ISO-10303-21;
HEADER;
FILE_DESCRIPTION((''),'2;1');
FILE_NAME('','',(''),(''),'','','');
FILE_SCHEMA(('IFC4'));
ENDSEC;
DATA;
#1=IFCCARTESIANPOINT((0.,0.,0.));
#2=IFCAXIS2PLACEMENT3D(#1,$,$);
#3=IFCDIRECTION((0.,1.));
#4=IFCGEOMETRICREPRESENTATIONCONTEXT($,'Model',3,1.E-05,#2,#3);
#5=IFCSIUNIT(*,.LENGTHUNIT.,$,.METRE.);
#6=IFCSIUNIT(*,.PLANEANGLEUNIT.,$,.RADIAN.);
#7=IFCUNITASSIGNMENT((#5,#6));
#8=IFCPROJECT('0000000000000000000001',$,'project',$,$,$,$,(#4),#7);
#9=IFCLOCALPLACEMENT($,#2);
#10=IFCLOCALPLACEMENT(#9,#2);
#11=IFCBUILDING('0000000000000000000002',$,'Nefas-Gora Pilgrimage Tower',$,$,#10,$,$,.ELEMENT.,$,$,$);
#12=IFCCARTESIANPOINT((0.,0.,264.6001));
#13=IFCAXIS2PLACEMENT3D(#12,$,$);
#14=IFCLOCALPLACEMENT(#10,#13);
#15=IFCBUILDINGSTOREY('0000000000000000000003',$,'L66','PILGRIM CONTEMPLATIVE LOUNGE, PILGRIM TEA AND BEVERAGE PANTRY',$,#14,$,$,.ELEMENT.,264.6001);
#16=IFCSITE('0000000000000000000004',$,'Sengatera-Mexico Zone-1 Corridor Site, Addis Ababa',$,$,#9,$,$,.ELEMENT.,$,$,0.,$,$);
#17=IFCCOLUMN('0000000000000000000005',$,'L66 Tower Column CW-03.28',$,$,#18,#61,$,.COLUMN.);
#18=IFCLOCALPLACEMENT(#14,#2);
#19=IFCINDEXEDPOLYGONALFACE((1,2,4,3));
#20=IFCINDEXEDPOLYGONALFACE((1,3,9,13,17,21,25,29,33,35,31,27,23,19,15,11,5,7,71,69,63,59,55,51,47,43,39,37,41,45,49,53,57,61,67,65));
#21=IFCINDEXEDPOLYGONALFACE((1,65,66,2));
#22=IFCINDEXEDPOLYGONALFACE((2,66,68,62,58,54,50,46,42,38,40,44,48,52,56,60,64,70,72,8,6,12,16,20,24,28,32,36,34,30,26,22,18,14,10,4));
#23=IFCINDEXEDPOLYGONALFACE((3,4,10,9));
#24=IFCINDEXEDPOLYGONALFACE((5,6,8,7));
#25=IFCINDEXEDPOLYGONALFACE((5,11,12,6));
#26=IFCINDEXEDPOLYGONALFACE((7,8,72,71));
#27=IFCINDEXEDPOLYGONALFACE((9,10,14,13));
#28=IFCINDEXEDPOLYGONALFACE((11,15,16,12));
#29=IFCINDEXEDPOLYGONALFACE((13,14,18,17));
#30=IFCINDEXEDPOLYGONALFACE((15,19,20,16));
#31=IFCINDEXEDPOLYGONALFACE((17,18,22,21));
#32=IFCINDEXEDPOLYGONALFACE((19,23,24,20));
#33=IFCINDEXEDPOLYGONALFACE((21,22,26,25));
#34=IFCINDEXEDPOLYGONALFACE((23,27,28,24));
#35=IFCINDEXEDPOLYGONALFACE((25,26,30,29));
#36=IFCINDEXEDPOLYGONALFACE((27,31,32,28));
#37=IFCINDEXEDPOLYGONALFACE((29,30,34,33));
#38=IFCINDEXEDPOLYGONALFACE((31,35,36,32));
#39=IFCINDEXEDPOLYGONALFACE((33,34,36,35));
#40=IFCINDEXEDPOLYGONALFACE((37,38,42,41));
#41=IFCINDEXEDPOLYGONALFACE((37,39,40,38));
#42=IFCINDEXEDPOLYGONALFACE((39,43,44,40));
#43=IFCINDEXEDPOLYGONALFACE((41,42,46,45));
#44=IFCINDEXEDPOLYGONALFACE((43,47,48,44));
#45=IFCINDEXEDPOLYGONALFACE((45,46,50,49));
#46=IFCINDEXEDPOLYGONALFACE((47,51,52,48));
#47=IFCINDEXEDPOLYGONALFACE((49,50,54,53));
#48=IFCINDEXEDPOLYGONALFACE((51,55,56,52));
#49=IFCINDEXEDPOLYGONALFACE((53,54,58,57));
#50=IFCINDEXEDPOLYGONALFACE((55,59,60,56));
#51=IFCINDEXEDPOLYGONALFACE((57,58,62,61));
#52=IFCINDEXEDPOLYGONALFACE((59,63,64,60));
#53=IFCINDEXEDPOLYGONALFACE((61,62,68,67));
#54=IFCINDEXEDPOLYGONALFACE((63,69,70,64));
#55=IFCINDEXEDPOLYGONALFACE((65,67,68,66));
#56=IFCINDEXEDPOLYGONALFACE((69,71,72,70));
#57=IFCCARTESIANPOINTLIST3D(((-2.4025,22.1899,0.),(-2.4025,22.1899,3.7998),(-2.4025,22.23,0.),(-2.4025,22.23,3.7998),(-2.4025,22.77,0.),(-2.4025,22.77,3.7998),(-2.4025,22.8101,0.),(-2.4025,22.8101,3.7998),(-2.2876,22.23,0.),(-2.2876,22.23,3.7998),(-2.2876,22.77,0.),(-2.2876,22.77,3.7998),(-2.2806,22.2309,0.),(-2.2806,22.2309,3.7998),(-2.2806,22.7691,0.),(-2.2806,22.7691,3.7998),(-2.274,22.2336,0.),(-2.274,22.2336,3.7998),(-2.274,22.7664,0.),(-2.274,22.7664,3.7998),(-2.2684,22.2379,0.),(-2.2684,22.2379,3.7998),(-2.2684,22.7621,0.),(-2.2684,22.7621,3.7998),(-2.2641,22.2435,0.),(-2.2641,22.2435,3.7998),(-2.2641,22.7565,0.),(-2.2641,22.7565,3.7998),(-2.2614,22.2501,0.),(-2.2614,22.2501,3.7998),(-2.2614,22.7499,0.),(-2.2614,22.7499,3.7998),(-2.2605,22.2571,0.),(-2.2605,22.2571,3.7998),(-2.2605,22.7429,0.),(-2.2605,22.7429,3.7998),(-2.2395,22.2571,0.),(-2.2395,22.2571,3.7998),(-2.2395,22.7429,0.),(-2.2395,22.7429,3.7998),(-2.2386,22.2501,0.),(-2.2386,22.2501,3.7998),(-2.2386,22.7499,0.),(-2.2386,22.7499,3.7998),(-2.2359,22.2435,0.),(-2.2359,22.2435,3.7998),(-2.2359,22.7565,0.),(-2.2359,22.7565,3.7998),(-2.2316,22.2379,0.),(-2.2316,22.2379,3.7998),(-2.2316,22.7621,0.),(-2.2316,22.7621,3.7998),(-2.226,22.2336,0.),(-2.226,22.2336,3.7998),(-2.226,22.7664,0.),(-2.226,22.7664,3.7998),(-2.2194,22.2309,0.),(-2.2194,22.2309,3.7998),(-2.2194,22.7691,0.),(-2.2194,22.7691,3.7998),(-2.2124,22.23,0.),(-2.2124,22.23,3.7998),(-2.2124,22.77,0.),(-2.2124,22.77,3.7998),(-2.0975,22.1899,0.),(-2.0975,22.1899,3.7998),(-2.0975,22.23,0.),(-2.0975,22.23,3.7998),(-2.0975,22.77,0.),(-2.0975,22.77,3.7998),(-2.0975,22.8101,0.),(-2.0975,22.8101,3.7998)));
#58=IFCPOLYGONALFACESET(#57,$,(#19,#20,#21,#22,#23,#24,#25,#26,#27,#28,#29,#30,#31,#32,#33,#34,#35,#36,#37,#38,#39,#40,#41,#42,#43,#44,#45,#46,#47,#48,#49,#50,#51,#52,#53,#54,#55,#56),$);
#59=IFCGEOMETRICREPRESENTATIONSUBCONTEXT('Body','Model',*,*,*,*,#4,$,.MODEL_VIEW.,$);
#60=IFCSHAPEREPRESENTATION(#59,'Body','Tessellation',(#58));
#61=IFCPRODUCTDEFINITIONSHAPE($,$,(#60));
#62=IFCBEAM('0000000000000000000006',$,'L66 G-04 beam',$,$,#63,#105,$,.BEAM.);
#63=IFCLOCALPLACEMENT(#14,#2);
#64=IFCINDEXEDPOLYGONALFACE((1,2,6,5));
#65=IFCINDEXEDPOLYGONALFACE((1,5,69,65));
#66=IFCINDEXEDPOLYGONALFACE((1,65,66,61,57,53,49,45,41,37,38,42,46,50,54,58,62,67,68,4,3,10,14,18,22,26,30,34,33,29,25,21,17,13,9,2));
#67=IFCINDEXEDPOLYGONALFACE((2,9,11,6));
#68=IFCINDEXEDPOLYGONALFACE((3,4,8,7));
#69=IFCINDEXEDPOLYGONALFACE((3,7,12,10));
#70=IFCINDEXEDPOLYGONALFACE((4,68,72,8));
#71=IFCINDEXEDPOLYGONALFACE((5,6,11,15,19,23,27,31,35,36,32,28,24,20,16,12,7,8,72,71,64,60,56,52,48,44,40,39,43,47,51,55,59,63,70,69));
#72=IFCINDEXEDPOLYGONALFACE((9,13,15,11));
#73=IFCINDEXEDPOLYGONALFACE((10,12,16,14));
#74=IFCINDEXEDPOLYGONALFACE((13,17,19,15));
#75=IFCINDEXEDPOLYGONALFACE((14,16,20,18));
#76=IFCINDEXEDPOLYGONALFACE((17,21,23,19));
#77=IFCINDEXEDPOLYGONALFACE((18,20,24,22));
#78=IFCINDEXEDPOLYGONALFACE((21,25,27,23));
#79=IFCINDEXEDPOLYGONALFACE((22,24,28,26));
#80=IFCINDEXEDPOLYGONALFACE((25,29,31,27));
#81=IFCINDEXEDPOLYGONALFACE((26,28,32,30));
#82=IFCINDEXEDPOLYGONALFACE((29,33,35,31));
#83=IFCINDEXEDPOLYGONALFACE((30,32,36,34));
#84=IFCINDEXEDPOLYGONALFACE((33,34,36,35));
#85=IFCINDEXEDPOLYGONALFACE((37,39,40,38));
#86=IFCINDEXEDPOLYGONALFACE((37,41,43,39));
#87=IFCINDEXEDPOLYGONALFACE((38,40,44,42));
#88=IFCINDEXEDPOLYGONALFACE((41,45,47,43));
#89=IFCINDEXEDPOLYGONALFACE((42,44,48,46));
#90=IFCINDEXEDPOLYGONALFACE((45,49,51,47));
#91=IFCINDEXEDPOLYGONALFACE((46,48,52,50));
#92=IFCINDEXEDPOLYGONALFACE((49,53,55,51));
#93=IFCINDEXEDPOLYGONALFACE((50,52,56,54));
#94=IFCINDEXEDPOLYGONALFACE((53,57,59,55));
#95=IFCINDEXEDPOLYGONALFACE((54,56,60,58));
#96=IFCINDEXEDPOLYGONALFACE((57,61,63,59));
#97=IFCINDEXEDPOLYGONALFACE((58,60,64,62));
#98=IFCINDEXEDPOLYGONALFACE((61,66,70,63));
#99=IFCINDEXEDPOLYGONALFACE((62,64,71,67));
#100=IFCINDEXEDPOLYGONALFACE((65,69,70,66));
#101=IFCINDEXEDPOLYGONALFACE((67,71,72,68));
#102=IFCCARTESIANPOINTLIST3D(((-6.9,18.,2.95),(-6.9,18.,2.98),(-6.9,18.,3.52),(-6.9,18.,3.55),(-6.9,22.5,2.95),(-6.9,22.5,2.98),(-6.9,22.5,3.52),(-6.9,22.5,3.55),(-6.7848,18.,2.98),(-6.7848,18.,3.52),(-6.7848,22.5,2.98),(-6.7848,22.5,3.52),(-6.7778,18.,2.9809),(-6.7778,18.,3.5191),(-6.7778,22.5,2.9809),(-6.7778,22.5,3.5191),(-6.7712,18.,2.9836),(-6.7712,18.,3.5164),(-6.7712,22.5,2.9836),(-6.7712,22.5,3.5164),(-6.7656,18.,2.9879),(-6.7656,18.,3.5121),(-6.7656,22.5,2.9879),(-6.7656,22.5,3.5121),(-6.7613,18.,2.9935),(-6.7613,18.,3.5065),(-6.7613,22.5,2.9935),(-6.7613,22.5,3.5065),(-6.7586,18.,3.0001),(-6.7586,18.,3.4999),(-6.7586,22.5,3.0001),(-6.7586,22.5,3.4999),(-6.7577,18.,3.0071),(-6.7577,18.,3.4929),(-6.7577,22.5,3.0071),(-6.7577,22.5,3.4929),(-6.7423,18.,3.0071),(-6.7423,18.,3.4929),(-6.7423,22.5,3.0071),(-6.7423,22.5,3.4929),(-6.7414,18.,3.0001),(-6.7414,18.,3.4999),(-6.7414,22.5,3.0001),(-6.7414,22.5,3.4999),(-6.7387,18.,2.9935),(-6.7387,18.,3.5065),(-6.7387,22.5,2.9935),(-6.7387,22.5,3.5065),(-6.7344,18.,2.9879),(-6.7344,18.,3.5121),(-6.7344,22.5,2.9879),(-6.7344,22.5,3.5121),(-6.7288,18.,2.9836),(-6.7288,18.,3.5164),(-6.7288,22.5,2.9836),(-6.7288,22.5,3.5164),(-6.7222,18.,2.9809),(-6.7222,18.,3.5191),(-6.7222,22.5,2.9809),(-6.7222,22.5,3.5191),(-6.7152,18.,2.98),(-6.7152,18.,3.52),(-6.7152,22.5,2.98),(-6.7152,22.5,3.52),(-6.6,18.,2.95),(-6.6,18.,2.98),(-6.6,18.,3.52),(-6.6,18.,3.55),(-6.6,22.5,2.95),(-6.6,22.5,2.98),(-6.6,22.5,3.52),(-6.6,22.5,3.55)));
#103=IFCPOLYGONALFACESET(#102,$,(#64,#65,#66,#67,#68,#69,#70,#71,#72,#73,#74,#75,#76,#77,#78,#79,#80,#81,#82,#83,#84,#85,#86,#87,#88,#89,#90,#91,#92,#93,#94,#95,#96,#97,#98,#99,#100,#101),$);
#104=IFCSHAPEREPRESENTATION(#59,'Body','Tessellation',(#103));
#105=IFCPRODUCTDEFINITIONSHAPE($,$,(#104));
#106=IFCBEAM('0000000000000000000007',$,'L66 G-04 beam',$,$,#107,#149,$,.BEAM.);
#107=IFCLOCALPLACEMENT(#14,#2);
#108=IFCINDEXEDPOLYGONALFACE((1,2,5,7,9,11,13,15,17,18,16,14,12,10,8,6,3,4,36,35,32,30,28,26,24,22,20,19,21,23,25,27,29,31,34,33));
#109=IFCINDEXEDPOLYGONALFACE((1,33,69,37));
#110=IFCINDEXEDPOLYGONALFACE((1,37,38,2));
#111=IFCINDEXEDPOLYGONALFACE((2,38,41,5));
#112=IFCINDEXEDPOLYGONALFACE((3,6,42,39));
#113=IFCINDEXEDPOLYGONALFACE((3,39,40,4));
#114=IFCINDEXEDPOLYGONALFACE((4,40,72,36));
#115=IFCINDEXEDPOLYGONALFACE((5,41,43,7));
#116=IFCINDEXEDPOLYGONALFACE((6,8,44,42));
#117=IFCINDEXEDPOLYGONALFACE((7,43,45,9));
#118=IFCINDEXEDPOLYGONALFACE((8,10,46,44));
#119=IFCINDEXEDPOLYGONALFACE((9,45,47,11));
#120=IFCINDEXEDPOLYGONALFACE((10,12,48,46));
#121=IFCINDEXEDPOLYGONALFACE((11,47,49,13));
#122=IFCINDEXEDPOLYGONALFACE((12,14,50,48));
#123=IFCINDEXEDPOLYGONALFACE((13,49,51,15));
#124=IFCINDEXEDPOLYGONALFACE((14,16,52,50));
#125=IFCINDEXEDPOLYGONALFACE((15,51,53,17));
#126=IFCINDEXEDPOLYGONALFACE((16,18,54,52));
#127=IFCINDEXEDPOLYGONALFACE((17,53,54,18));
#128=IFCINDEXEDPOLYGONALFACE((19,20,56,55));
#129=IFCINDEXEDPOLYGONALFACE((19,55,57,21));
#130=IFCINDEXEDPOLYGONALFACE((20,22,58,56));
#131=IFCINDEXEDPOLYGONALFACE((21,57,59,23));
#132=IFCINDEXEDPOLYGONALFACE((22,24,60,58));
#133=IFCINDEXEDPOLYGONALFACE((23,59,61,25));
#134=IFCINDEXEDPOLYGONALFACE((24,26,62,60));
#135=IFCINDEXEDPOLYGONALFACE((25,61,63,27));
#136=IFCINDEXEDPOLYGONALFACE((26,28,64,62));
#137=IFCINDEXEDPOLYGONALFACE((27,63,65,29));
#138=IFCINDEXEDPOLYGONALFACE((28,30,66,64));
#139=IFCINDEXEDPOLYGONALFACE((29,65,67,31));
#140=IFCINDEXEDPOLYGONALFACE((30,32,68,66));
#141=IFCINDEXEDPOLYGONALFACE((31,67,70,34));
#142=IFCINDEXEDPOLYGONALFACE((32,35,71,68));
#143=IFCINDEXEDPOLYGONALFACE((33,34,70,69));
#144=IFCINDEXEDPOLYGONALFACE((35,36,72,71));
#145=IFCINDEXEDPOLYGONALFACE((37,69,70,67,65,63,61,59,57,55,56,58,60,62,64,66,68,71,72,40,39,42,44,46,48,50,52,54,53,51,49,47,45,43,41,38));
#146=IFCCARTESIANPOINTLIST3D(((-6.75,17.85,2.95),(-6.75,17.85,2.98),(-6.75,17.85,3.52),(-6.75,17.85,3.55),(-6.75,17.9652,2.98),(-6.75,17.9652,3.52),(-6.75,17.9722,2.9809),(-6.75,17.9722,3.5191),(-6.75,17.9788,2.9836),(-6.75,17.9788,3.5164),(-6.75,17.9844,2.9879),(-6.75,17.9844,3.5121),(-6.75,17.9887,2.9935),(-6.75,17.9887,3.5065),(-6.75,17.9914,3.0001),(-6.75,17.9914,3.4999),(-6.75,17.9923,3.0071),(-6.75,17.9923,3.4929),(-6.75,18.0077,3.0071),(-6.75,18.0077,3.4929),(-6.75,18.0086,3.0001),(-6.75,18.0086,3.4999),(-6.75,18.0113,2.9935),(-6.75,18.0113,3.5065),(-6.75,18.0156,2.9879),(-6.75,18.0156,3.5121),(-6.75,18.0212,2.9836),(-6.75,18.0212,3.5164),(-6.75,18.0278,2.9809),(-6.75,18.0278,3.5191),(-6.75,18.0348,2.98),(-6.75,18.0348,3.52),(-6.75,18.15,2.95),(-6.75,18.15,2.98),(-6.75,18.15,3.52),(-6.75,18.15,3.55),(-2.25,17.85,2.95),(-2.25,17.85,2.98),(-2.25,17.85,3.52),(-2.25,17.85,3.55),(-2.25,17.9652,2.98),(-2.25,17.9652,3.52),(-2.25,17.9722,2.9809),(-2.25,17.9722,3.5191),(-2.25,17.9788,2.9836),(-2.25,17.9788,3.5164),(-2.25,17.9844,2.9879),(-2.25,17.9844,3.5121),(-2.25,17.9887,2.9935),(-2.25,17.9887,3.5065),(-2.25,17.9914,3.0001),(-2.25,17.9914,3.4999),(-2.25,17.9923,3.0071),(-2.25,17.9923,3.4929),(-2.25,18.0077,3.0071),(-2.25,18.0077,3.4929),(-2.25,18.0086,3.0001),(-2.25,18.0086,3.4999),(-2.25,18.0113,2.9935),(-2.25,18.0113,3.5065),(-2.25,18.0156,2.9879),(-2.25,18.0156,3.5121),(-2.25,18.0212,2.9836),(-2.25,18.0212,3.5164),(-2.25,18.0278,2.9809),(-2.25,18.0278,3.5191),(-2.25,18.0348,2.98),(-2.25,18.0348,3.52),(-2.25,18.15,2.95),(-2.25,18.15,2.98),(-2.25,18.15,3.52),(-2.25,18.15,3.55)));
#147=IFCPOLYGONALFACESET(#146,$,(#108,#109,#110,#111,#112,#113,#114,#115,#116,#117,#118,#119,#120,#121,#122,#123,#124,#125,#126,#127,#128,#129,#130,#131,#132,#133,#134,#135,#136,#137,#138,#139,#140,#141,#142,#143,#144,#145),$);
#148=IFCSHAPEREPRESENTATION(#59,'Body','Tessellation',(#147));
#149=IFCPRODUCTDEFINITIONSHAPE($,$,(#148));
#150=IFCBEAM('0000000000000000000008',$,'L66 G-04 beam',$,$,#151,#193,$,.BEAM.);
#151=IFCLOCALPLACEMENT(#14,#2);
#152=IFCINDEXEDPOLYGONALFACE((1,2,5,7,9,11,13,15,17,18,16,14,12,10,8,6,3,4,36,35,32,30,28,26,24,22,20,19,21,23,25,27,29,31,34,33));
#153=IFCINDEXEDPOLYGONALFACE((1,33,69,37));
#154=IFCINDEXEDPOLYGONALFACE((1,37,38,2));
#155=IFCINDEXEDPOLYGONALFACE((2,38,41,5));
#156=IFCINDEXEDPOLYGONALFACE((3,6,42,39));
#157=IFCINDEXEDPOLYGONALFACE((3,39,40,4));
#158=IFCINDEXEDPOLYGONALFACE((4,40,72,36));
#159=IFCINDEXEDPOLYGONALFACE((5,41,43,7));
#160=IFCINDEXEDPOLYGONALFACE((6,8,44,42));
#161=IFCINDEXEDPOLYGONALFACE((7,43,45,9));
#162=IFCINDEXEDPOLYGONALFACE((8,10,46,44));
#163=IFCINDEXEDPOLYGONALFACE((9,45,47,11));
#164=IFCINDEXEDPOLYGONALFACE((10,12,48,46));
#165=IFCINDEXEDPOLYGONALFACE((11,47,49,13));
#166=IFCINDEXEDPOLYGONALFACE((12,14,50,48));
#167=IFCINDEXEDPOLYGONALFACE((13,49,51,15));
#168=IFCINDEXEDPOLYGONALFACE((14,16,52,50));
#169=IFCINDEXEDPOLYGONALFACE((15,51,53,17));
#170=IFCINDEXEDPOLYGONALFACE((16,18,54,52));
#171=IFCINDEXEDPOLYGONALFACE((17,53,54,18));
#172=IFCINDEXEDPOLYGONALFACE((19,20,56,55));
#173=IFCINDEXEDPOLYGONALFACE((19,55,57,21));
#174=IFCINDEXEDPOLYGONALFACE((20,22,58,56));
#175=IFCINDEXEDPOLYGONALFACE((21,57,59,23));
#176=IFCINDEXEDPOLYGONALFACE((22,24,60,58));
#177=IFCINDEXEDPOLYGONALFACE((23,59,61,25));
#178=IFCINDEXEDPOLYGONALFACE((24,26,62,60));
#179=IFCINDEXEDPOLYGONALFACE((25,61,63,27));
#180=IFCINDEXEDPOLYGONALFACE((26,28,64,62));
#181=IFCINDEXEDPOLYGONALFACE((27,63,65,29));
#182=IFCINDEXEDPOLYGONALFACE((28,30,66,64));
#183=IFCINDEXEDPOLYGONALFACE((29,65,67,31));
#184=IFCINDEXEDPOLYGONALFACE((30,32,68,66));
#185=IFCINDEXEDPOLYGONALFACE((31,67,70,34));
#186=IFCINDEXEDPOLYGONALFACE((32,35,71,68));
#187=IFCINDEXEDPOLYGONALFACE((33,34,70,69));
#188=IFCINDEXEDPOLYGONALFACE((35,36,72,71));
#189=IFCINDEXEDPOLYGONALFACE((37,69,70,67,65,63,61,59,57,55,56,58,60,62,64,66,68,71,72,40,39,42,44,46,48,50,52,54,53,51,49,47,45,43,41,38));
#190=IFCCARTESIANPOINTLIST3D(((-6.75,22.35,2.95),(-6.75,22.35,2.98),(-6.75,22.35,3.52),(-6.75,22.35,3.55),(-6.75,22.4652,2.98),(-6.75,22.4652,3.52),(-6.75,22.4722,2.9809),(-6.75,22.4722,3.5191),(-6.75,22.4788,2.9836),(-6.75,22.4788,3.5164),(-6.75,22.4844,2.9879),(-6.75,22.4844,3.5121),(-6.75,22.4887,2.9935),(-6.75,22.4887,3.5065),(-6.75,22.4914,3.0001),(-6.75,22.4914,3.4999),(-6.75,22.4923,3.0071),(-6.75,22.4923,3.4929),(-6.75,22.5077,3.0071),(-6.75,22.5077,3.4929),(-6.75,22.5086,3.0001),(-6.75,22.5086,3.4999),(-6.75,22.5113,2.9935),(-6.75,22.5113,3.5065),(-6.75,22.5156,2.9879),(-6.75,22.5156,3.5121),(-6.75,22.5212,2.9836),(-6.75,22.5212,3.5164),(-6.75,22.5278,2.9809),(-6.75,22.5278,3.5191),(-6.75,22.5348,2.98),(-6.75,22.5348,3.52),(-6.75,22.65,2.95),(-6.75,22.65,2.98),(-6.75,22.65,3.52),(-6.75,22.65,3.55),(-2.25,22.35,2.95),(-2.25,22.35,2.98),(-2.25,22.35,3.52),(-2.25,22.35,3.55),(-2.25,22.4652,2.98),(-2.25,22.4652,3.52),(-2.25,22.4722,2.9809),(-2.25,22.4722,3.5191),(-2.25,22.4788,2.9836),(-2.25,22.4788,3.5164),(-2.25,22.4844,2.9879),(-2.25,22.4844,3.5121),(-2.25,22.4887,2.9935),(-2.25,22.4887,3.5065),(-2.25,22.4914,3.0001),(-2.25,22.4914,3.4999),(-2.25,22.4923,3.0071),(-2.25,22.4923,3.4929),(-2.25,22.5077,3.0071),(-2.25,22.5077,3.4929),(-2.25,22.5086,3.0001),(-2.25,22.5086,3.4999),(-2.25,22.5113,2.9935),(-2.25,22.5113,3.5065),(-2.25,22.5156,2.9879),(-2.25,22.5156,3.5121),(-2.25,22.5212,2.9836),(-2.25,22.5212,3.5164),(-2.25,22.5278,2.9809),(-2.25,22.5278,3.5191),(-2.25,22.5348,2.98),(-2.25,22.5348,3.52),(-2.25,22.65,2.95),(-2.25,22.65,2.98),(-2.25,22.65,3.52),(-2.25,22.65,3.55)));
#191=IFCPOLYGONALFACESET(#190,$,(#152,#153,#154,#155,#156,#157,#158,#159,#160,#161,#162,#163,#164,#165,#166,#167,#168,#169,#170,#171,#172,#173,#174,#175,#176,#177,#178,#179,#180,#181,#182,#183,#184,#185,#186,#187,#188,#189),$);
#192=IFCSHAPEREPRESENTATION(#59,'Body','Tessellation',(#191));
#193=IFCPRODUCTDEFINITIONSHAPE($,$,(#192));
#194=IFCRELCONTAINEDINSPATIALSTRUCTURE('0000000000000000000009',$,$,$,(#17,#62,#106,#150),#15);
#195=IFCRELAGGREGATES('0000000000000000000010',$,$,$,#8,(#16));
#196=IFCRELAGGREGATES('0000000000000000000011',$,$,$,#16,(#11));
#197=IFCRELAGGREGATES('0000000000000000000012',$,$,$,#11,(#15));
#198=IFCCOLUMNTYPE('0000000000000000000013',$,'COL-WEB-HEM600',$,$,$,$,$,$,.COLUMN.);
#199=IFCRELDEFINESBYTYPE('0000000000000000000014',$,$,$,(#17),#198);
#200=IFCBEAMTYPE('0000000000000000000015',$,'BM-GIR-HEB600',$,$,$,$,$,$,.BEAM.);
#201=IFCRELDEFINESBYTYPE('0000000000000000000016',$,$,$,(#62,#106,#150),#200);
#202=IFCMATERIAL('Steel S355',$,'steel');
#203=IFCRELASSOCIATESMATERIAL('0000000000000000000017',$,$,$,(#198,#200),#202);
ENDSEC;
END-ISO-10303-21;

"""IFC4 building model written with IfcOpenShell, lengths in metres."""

from ifc_helpers import new_model, si_unit, direction, frame, origin, origin_2d, place, context, subcontext, project, spatial, i_section, extrude, source, transform, mapped, material, material_profile, profile_set, type_object, element, save


model = new_model("IFC4")

# Units and contexts
model_context = context("Model", 3, precision=1e-05, world=origin(), true_north=direction((0.0, 1.0)))
body_context = subcontext(model_context, "Body", "Model", "MODEL_VIEW")
ifc_project = project(units=[si_unit("LENGTHUNIT", "METRE"), si_unit("PLANEANGLEUNIT", "RADIAN")], contexts=[model_context])

# Site, building, storey
site_placement = place(None, origin())
site = spatial("IfcSite", under=ifc_project, at=site_placement, Name="Sengatera-Mexico Zone-1 Corridor Site, Addis Ababa", CompositionType="ELEMENT", RefElevation=0.0)
building_placement = place(site_placement, origin())
building = spatial("IfcBuilding", under=site, at=building_placement, Name="Nefas-Gora Pilgrimage Tower", CompositionType="ELEMENT")
storey_placement = place(building_placement, frame((0.0, 0.0, 264.6001)))
storey = spatial("IfcBuildingStorey", under=building, at=storey_placement, Name="L66", Description="PILGRIM CONTEMPLATIVE LOUNGE, PILGRIM TEA AND BEVERAGE PANTRY", CompositionType="ELEMENT", Elevation=264.6001)

# Column
ifc_material_1 = material(Name="Steel S355", Category="steel")
ifc_material_profile_1 = material_profile(ifc_material_1, i_section(OverallWidth=0.3049, OverallDepth=0.6201, WebThickness=0.021, FlangeThickness=0.04, FilletRadius=0.0271, at=origin_2d()), Name="HEM 600")
ifc_profile_set_1 = profile_set([ifc_material_profile_1], Name="Steel S355")
column_type_1 = type_object("IfcColumnType", Name="COL-WEB-HEM600", PredefinedType="COLUMN", material=ifc_profile_set_1)
shared_shape_1 = source(origin(), body_context, "Body", "SweptSolid", [
    extrude(i_section(OverallWidth=0.3049, OverallDepth=0.6201, WebThickness=0.021, FlangeThickness=0.04, FilletRadius=0.0271, at=origin_2d()), origin(), (0.0, 0.0, 1.0), 3.7998),
])
for number, where, z_axis, x_axis, name in (
    (1, (-2.25, 22.5, 0.0), (0.0, 0.0, 1.0), (1.0, 0.0, 0.0), "L66 Tower Column CW-03.28"),
):
    element("IfcColumn", number, at=place(storey_placement, frame(where, z_axis=z_axis, x_axis=x_axis)), inside=storey, type_object=column_type_1, Name=name, PredefinedType="COLUMN", context=body_context, shape_type="MappedRepresentation", body=[
        mapped(shared_shape_1, transform((0.0, 0.0, 0.0), x_axis=(1.0, 0.0, 0.0), y_axis=(0.0, 1.0, 0.0), z_axis=(0.0, 0.0, 1.0), scale=1.0)),
    ])

# Beams
ifc_material_profile_2 = material_profile(ifc_material_1, i_section(OverallWidth=0.3, OverallDepth=0.6001, WebThickness=0.0154, FlangeThickness=0.03, FilletRadius=0.0271, at=origin_2d()), Name="HEB 600")
ifc_profile_set_2 = profile_set([ifc_material_profile_2], Name="Steel S355")
beam_type = type_object("IfcBeamType", Name="BM-GIR-HEB600", PredefinedType="BEAM", material=ifc_profile_set_2)
shared_shape_2 = source(origin(), body_context, "Body", "SweptSolid", [
    extrude(i_section(OverallWidth=0.3, OverallDepth=0.6001, WebThickness=0.0154, FlangeThickness=0.03, FilletRadius=0.0271, at=origin_2d()), origin(), (0.0, 0.0, 1.0), 4.5),
])
for number, where, z_axis, x_axis, name in (
    (2, (-6.75, 18.0, 3.25), (0.0, 1.0, 0.0), (-1.0, 0.0, 0.0), "L66 G-04 beam"),
    (3, (-6.75, 18.0, 3.25), (1.0, 0.0, 0.0), (0.0, 1.0, 0.0), "L66 G-04 beam"),
    (4, (-6.75, 22.5, 3.25), (1.0, 0.0, 0.0), (0.0, 1.0, 0.0), "L66 G-04 beam"),
):
    element("IfcBeam", number, at=place(storey_placement, frame(where, z_axis=z_axis, x_axis=x_axis)), inside=storey, type_object=beam_type, Name=name, PredefinedType="BEAM", context=body_context, shape_type="MappedRepresentation", body=[
        mapped(shared_shape_2, transform((0.0, 0.0, 0.0), x_axis=(1.0, 0.0, 0.0), y_axis=(0.0, 1.0, 0.0), z_axis=(0.0, 0.0, 1.0), scale=1.0)),
    ])

save(model, "model.ifc")
